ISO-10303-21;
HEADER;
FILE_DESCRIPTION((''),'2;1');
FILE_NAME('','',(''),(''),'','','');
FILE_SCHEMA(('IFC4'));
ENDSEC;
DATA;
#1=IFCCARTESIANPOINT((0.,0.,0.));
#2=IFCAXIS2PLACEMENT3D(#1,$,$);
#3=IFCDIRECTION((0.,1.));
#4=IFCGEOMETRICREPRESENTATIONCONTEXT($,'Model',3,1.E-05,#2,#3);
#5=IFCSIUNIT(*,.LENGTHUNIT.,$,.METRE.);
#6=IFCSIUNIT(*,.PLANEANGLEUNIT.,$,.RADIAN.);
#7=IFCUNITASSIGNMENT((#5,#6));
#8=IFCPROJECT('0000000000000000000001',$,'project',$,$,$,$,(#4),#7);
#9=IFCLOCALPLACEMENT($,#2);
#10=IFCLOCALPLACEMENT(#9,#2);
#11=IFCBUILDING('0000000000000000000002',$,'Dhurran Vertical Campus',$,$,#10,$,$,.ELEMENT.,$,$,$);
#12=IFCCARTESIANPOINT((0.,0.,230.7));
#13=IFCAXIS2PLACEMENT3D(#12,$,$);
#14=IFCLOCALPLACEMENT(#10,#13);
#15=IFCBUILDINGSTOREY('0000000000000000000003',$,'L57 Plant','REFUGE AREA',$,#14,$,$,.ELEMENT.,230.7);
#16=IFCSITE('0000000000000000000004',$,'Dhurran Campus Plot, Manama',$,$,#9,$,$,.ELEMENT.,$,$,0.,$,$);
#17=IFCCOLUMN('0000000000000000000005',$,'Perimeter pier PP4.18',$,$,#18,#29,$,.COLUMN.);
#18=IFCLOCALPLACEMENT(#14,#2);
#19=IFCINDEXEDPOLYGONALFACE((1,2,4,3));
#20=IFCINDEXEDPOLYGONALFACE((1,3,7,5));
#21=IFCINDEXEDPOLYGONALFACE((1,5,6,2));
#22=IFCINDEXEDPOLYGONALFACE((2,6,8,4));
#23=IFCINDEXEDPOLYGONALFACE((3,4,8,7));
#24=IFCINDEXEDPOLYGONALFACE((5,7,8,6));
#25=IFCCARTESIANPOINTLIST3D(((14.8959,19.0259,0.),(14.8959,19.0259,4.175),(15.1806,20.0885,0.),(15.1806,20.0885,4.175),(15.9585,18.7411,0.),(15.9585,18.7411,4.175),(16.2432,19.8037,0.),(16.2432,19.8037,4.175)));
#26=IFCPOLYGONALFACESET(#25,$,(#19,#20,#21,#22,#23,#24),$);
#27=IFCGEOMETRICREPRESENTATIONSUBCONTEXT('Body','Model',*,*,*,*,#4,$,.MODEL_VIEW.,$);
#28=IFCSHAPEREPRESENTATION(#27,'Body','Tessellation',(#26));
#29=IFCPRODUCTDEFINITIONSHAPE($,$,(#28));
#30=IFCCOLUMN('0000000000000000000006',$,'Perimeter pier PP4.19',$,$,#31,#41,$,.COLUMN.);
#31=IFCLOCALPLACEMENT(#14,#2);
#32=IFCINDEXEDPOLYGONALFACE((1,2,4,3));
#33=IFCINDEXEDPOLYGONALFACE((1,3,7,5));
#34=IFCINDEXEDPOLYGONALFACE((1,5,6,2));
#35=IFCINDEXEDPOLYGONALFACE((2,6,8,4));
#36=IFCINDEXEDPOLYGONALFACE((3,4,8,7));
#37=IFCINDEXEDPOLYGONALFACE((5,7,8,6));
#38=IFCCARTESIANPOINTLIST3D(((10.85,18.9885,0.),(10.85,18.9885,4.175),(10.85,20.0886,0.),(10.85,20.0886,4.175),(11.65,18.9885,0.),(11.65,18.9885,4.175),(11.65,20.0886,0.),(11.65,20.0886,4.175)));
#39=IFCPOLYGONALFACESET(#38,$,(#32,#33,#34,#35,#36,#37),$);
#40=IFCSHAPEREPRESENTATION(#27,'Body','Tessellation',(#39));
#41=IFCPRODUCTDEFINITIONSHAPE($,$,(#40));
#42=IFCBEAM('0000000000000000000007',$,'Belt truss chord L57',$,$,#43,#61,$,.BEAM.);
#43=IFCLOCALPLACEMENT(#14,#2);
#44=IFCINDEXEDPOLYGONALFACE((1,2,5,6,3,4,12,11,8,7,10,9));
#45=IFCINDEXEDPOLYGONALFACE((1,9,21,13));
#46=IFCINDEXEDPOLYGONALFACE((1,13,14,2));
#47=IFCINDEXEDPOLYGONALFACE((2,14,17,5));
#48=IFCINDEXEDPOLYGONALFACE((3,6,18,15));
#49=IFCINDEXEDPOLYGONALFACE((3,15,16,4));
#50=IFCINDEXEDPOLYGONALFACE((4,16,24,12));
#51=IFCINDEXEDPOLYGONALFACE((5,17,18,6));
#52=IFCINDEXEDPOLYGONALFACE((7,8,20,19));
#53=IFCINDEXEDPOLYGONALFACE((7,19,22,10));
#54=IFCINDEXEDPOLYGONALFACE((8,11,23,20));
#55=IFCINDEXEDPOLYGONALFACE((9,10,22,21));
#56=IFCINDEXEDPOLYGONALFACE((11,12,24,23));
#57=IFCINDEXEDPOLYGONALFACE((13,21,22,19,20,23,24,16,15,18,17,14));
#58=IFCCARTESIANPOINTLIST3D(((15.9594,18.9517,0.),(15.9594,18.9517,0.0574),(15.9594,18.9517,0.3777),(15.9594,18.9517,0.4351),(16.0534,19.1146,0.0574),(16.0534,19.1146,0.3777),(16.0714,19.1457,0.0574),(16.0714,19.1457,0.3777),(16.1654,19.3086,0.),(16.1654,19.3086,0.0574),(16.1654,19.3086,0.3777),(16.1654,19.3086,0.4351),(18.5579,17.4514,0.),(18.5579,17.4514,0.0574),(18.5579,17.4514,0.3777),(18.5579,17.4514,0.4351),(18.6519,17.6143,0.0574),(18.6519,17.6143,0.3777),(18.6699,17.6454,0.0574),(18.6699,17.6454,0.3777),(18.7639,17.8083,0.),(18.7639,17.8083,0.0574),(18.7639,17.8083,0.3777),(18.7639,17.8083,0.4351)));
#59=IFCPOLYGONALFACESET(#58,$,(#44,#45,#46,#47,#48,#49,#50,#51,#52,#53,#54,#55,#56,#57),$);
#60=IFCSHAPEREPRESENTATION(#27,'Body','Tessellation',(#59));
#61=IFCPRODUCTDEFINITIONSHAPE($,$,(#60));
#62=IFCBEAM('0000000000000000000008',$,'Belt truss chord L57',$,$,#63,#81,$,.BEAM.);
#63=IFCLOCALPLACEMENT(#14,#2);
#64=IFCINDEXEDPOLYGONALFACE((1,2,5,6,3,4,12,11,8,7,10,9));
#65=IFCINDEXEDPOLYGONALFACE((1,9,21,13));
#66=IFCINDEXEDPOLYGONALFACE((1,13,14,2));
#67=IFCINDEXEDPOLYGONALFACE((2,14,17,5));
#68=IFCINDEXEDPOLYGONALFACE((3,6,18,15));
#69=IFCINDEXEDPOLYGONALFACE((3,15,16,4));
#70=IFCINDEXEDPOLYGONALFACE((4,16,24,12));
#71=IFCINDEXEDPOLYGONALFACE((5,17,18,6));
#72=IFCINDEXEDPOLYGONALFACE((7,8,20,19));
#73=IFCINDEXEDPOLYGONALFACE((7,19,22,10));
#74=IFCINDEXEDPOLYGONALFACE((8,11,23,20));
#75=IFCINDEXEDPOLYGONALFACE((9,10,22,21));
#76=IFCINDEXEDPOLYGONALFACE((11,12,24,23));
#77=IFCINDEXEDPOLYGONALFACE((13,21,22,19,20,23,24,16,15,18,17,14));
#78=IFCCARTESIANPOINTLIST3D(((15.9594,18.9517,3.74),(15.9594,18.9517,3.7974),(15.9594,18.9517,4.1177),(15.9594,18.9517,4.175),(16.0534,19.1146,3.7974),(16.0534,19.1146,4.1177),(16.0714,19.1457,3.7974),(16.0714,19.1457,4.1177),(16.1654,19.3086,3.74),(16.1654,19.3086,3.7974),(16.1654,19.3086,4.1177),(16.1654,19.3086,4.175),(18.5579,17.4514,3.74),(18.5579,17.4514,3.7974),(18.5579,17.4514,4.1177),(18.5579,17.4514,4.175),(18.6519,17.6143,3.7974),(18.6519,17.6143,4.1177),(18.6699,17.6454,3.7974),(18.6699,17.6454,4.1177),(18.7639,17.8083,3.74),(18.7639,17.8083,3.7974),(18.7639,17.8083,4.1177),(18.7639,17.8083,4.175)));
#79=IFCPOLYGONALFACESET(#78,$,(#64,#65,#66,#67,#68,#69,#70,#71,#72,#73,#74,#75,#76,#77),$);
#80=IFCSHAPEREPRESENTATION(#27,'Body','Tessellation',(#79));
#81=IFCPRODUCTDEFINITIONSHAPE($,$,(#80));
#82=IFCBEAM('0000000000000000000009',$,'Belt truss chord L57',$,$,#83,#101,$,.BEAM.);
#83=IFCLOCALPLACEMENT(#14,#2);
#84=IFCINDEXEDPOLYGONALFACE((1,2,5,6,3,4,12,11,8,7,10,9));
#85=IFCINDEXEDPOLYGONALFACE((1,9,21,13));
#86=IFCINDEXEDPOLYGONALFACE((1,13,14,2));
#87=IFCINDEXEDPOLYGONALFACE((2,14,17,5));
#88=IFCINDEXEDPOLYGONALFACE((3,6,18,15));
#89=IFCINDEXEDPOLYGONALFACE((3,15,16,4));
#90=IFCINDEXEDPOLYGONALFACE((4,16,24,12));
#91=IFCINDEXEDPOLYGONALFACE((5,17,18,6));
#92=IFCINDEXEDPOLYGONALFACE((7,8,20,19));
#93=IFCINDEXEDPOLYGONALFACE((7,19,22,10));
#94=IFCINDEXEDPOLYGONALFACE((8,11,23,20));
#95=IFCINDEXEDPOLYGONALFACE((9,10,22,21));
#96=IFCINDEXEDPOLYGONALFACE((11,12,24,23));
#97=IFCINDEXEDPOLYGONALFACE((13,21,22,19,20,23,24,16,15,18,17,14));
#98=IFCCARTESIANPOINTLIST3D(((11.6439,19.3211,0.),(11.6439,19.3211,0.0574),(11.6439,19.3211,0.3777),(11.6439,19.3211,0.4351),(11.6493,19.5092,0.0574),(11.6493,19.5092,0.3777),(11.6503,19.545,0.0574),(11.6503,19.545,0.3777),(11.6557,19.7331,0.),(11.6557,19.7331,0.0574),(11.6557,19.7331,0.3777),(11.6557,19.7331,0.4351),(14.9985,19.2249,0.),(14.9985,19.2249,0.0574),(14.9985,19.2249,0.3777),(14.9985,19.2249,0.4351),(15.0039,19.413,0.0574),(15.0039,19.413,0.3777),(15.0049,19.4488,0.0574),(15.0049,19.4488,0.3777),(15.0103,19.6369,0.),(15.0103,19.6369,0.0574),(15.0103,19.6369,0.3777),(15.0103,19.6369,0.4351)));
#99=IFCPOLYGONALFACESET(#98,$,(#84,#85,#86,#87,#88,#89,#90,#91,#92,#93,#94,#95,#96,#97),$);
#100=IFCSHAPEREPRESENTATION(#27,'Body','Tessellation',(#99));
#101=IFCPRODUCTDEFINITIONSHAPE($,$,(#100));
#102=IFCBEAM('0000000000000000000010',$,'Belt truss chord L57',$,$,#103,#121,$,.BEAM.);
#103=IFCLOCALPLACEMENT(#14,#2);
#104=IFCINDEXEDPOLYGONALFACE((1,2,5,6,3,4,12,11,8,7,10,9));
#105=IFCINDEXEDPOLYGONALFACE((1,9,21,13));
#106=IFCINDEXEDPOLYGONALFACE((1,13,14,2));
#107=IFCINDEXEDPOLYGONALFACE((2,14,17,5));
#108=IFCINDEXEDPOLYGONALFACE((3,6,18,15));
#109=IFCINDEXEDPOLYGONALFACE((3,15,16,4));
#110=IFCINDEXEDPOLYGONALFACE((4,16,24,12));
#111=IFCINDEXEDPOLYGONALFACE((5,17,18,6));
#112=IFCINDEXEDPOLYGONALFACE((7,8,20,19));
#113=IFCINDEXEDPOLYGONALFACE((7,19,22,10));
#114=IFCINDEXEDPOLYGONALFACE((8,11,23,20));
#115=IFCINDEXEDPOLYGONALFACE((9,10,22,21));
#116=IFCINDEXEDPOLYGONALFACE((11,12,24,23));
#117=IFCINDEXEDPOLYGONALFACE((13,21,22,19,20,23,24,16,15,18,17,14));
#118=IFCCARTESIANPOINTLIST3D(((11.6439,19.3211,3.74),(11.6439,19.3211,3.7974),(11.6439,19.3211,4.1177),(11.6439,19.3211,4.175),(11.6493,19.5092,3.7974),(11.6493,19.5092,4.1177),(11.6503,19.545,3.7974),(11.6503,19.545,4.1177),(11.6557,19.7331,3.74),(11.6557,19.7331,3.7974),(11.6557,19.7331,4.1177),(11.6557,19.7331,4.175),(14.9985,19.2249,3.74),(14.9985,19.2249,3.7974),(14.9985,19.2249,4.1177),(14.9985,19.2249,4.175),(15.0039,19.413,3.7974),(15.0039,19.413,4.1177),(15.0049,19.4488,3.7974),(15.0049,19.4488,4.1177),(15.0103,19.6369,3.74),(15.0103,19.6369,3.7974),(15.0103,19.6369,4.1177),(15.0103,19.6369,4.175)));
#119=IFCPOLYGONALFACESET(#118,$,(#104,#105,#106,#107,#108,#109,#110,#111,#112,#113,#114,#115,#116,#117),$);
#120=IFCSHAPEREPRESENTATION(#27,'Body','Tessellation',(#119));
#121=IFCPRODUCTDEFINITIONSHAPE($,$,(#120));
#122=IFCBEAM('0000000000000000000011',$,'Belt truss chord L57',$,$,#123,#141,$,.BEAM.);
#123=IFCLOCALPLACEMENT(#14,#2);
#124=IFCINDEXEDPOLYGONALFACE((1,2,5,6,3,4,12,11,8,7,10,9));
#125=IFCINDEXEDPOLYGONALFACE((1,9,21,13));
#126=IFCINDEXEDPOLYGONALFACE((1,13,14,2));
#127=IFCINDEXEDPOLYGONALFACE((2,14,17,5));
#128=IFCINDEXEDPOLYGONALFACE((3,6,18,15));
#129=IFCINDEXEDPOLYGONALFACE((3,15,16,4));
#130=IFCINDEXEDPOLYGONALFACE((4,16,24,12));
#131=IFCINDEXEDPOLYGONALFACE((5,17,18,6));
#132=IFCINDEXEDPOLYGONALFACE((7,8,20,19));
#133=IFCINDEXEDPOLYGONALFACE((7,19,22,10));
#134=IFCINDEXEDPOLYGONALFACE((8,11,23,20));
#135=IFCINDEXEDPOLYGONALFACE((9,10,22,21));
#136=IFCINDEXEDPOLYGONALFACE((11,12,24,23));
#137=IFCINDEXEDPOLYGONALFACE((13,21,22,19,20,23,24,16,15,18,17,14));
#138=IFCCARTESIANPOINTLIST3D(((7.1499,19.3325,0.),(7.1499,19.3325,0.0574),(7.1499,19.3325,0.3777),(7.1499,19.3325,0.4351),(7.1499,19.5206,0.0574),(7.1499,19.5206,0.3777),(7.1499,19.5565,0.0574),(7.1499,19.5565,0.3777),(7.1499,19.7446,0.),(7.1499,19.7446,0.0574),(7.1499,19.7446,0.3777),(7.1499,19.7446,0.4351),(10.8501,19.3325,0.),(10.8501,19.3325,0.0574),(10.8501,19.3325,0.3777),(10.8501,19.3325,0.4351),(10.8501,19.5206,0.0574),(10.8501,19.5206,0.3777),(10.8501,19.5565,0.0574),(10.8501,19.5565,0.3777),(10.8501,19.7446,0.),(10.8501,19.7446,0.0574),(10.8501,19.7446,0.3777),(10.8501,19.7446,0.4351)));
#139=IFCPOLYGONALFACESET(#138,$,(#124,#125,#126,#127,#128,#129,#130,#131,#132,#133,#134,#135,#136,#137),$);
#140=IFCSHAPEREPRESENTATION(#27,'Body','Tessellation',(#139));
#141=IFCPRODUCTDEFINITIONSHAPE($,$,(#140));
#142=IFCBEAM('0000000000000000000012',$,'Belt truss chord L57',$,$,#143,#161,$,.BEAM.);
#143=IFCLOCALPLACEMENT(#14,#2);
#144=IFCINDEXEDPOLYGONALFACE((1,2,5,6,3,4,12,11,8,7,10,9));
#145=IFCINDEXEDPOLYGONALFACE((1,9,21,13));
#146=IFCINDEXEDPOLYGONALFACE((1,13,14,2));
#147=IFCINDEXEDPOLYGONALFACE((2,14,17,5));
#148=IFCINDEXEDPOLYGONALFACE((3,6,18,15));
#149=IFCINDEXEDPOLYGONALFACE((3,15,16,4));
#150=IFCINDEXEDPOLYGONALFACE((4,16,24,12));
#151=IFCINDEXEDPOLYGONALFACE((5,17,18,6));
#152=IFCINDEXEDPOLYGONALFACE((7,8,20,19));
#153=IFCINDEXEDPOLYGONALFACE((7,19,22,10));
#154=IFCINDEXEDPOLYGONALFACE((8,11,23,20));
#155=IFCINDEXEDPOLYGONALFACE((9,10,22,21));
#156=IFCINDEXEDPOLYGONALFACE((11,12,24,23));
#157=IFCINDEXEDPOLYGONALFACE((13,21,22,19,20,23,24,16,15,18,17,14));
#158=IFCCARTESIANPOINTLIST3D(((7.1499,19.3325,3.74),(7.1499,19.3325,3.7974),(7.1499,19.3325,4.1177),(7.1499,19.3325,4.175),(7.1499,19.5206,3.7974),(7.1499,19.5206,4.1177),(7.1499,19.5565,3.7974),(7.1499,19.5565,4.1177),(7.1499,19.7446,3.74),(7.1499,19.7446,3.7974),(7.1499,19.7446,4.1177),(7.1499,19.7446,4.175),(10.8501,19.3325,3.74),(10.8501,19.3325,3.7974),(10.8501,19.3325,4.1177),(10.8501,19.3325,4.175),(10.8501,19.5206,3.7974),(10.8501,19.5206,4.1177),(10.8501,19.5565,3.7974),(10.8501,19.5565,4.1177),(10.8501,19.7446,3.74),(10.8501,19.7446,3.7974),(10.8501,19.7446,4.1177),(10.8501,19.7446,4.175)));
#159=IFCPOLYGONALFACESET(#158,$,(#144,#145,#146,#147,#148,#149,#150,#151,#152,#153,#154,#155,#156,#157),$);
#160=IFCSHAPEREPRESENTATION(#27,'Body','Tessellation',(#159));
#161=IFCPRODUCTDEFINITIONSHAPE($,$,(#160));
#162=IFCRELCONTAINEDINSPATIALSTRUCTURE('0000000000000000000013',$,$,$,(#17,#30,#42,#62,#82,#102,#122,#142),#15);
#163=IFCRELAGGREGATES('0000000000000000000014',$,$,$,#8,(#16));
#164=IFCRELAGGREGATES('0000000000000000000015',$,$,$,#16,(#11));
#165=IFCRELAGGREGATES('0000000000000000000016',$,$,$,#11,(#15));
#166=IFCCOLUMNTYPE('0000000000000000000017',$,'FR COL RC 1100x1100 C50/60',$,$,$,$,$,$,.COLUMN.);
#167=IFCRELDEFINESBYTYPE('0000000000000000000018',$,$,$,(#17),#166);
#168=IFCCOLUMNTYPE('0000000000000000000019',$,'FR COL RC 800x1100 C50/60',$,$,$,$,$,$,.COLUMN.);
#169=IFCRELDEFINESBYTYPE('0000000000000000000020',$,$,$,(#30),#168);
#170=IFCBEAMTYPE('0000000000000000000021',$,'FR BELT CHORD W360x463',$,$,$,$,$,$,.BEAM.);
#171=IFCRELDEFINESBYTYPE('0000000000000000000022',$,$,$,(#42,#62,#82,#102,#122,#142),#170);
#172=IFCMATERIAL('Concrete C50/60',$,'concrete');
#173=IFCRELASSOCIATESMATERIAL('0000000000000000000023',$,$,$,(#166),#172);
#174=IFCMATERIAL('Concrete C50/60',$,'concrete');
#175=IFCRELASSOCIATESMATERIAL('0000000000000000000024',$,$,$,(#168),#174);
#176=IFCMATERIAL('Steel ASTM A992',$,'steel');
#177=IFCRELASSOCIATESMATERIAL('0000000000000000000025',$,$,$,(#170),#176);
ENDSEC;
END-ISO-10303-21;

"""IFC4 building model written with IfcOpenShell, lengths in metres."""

from ifc_helpers import new_model, si_unit, direction, frame, origin, origin_2d, place, context, subcontext, project, spatial, rectangle, i_section, extrude, material, material_profile, profile_set, type_object, element, save


model = new_model("IFC4")

# Units and contexts
model_context = context("Model", 3, precision=1e-05, world=origin(), true_north=direction((0.0, 1.0)))
body_context = subcontext(model_context, "Body", "Model", "MODEL_VIEW")
ifc_project = project(units=[si_unit("LENGTHUNIT", "METRE"), si_unit("PLANEANGLEUNIT", "RADIAN")], contexts=[model_context])

# Site, building, storey
site_placement = place(None, origin())
site = spatial("IfcSite", under=ifc_project, at=site_placement, Name="Dhurran Campus Plot, Manama", CompositionType="ELEMENT", RefElevation=0.0)
building_placement = place(site_placement, origin())
building = spatial("IfcBuilding", under=site, at=building_placement, Name="Dhurran Vertical Campus", CompositionType="ELEMENT")
storey_placement = place(building_placement, frame((0.0, 0.0, 230.7)))
storey = spatial("IfcBuildingStorey", under=building, at=storey_placement, Name="L57 Plant", Description="REFUGE AREA", CompositionType="ELEMENT", Elevation=230.7)

# Columns
ifc_material_1 = material(Name="Concrete C50/60", Category="concrete")
ifc_material_profile_1 = material_profile(ifc_material_1, rectangle(XDim=1.1001, YDim=1.1001, at=origin_2d()), Name="RC 1100x1100")
ifc_profile_set_1 = profile_set([ifc_material_profile_1], Name="Concrete C50/60")
column_type_1 = type_object("IfcColumnType", Name="FR COL RC 1100x1100 C50/60", PredefinedType="COLUMN", material=ifc_profile_set_1)
column_1_placement = place(storey_placement, frame((15.5696, 19.4148, 0.0), z_axis=(0.0, 0.0, 1.0), x_axis=(-0.965926, 0.258819, 0.0)))
element("IfcColumn", 1, at=column_1_placement, inside=storey, type_object=column_type_1, Name="Perimeter pier PP4.18", PredefinedType="COLUMN", context=body_context, shape_type="SweptSolid", body=[
    extrude(rectangle(XDim=1.1001, YDim=1.1001, at=origin_2d()), origin(), (0.0, 0.0, 1.0), 4.175),
])
ifc_material_2 = material(Name="Concrete C50/60", Category="concrete")
ifc_material_profile_2 = material_profile(ifc_material_2, rectangle(XDim=0.8, YDim=1.1001, at=origin_2d()), Name="RC 800x1100")
ifc_profile_set_2 = profile_set([ifc_material_profile_2], Name="Concrete C50/60")
column_type_2 = type_object("IfcColumnType", Name="FR COL RC 800x1100 C50/60", PredefinedType="COLUMN", material=ifc_profile_set_2)
column_2_placement = place(storey_placement, frame((11.25, 19.5386, 0.0), z_axis=(0.0, 0.0, 1.0), x_axis=(-1.0, 0.0, 0.0)))
element("IfcColumn", 2, at=column_2_placement, inside=storey, type_object=column_type_2, Name="Perimeter pier PP4.19", PredefinedType="COLUMN", context=body_context, shape_type="SweptSolid", body=[
    extrude(rectangle(XDim=0.8, YDim=1.1001, at=origin_2d()), origin(), (0.0, 0.0, 1.0), 4.175),
])

# Beams
ifc_material_3 = material(Name="Steel ASTM A992", Category="steel")
ifc_material_profile_3 = material_profile(ifc_material_3, i_section(OverallWidth=0.4121, OverallDepth=0.4351, WebThickness=0.0359, FlangeThickness=0.0574, at=origin_2d()), Name="W360x463")
ifc_profile_set_3 = profile_set([ifc_material_profile_3], Name="Steel ASTM A992")
beam_type = type_object("IfcBeamType", Name="FR BELT CHORD W360x463", PredefinedType="BEAM", material=ifc_profile_set_3)
for number, where, z_axis, x_axis, name in (
    (3, (18.6609, 17.6299, 0.2175), (-0.866016, 0.500016, 0.0), (-0.500016, -0.866016, 0.0), "Belt truss chord L57"),
    (4, (18.6609, 17.6299, 3.9575), (-0.866016, 0.500016, 0.0), (-0.500016, -0.866016, 0.0), "Belt truss chord L57"),
):
    element("IfcBeam", number, at=place(storey_placement, frame(where, z_axis=z_axis, x_axis=x_axis)), inside=storey, type_object=beam_type, Name=name, PredefinedType="BEAM", context=body_context, shape_type="SweptSolid", body=[
        extrude(i_section(OverallWidth=0.4121, OverallDepth=0.4351, WebThickness=0.0359, FlangeThickness=0.0574, at=origin_2d()), origin(), (0.0, 0.0, 1.0), 3.0005),
    ])
for number, where, z_axis, x_axis, name in (
    (5, (15.0044, 19.4309, 0.2175), (-0.999589, 0.028664, 0.0), (-0.028664, -0.999589, 0.0), "Belt truss chord L57"),
    (6, (15.0044, 19.4309, 3.9575), (-0.999589, 0.028664, 0.0), (-0.028664, -0.999589, 0.0), "Belt truss chord L57"),
):
    element("IfcBeam", number, at=place(storey_placement, frame(where, z_axis=z_axis, x_axis=x_axis)), inside=storey, type_object=beam_type, Name=name, PredefinedType="BEAM", context=body_context, shape_type="SweptSolid", body=[
        extrude(i_section(OverallWidth=0.4121, OverallDepth=0.4351, WebThickness=0.0359, FlangeThickness=0.0574, at=origin_2d()), origin(), (0.0, 0.0, 1.0), 3.356),
    ])
for number, where, z_axis, x_axis, name in (
    (7, (10.8501, 19.5386, 0.2175), (-1.0, 0.0, 0.0), (0.0, -1.0, 0.0), "Belt truss chord L57"),
    (8, (10.8501, 19.5386, 3.9575), (-1.0, 0.0, 0.0), (0.0, -1.0, 0.0), "Belt truss chord L57"),
):
    element("IfcBeam", number, at=place(storey_placement, frame(where, z_axis=z_axis, x_axis=x_axis)), inside=storey, type_object=beam_type, Name=name, PredefinedType="BEAM", context=body_context, shape_type="SweptSolid", body=[
        extrude(i_section(OverallWidth=0.4121, OverallDepth=0.4351, WebThickness=0.0359, FlangeThickness=0.0574, at=origin_2d()), origin(), (0.0, 0.0, 1.0), 3.7002),
    ])

save(model, "model.ifc")
